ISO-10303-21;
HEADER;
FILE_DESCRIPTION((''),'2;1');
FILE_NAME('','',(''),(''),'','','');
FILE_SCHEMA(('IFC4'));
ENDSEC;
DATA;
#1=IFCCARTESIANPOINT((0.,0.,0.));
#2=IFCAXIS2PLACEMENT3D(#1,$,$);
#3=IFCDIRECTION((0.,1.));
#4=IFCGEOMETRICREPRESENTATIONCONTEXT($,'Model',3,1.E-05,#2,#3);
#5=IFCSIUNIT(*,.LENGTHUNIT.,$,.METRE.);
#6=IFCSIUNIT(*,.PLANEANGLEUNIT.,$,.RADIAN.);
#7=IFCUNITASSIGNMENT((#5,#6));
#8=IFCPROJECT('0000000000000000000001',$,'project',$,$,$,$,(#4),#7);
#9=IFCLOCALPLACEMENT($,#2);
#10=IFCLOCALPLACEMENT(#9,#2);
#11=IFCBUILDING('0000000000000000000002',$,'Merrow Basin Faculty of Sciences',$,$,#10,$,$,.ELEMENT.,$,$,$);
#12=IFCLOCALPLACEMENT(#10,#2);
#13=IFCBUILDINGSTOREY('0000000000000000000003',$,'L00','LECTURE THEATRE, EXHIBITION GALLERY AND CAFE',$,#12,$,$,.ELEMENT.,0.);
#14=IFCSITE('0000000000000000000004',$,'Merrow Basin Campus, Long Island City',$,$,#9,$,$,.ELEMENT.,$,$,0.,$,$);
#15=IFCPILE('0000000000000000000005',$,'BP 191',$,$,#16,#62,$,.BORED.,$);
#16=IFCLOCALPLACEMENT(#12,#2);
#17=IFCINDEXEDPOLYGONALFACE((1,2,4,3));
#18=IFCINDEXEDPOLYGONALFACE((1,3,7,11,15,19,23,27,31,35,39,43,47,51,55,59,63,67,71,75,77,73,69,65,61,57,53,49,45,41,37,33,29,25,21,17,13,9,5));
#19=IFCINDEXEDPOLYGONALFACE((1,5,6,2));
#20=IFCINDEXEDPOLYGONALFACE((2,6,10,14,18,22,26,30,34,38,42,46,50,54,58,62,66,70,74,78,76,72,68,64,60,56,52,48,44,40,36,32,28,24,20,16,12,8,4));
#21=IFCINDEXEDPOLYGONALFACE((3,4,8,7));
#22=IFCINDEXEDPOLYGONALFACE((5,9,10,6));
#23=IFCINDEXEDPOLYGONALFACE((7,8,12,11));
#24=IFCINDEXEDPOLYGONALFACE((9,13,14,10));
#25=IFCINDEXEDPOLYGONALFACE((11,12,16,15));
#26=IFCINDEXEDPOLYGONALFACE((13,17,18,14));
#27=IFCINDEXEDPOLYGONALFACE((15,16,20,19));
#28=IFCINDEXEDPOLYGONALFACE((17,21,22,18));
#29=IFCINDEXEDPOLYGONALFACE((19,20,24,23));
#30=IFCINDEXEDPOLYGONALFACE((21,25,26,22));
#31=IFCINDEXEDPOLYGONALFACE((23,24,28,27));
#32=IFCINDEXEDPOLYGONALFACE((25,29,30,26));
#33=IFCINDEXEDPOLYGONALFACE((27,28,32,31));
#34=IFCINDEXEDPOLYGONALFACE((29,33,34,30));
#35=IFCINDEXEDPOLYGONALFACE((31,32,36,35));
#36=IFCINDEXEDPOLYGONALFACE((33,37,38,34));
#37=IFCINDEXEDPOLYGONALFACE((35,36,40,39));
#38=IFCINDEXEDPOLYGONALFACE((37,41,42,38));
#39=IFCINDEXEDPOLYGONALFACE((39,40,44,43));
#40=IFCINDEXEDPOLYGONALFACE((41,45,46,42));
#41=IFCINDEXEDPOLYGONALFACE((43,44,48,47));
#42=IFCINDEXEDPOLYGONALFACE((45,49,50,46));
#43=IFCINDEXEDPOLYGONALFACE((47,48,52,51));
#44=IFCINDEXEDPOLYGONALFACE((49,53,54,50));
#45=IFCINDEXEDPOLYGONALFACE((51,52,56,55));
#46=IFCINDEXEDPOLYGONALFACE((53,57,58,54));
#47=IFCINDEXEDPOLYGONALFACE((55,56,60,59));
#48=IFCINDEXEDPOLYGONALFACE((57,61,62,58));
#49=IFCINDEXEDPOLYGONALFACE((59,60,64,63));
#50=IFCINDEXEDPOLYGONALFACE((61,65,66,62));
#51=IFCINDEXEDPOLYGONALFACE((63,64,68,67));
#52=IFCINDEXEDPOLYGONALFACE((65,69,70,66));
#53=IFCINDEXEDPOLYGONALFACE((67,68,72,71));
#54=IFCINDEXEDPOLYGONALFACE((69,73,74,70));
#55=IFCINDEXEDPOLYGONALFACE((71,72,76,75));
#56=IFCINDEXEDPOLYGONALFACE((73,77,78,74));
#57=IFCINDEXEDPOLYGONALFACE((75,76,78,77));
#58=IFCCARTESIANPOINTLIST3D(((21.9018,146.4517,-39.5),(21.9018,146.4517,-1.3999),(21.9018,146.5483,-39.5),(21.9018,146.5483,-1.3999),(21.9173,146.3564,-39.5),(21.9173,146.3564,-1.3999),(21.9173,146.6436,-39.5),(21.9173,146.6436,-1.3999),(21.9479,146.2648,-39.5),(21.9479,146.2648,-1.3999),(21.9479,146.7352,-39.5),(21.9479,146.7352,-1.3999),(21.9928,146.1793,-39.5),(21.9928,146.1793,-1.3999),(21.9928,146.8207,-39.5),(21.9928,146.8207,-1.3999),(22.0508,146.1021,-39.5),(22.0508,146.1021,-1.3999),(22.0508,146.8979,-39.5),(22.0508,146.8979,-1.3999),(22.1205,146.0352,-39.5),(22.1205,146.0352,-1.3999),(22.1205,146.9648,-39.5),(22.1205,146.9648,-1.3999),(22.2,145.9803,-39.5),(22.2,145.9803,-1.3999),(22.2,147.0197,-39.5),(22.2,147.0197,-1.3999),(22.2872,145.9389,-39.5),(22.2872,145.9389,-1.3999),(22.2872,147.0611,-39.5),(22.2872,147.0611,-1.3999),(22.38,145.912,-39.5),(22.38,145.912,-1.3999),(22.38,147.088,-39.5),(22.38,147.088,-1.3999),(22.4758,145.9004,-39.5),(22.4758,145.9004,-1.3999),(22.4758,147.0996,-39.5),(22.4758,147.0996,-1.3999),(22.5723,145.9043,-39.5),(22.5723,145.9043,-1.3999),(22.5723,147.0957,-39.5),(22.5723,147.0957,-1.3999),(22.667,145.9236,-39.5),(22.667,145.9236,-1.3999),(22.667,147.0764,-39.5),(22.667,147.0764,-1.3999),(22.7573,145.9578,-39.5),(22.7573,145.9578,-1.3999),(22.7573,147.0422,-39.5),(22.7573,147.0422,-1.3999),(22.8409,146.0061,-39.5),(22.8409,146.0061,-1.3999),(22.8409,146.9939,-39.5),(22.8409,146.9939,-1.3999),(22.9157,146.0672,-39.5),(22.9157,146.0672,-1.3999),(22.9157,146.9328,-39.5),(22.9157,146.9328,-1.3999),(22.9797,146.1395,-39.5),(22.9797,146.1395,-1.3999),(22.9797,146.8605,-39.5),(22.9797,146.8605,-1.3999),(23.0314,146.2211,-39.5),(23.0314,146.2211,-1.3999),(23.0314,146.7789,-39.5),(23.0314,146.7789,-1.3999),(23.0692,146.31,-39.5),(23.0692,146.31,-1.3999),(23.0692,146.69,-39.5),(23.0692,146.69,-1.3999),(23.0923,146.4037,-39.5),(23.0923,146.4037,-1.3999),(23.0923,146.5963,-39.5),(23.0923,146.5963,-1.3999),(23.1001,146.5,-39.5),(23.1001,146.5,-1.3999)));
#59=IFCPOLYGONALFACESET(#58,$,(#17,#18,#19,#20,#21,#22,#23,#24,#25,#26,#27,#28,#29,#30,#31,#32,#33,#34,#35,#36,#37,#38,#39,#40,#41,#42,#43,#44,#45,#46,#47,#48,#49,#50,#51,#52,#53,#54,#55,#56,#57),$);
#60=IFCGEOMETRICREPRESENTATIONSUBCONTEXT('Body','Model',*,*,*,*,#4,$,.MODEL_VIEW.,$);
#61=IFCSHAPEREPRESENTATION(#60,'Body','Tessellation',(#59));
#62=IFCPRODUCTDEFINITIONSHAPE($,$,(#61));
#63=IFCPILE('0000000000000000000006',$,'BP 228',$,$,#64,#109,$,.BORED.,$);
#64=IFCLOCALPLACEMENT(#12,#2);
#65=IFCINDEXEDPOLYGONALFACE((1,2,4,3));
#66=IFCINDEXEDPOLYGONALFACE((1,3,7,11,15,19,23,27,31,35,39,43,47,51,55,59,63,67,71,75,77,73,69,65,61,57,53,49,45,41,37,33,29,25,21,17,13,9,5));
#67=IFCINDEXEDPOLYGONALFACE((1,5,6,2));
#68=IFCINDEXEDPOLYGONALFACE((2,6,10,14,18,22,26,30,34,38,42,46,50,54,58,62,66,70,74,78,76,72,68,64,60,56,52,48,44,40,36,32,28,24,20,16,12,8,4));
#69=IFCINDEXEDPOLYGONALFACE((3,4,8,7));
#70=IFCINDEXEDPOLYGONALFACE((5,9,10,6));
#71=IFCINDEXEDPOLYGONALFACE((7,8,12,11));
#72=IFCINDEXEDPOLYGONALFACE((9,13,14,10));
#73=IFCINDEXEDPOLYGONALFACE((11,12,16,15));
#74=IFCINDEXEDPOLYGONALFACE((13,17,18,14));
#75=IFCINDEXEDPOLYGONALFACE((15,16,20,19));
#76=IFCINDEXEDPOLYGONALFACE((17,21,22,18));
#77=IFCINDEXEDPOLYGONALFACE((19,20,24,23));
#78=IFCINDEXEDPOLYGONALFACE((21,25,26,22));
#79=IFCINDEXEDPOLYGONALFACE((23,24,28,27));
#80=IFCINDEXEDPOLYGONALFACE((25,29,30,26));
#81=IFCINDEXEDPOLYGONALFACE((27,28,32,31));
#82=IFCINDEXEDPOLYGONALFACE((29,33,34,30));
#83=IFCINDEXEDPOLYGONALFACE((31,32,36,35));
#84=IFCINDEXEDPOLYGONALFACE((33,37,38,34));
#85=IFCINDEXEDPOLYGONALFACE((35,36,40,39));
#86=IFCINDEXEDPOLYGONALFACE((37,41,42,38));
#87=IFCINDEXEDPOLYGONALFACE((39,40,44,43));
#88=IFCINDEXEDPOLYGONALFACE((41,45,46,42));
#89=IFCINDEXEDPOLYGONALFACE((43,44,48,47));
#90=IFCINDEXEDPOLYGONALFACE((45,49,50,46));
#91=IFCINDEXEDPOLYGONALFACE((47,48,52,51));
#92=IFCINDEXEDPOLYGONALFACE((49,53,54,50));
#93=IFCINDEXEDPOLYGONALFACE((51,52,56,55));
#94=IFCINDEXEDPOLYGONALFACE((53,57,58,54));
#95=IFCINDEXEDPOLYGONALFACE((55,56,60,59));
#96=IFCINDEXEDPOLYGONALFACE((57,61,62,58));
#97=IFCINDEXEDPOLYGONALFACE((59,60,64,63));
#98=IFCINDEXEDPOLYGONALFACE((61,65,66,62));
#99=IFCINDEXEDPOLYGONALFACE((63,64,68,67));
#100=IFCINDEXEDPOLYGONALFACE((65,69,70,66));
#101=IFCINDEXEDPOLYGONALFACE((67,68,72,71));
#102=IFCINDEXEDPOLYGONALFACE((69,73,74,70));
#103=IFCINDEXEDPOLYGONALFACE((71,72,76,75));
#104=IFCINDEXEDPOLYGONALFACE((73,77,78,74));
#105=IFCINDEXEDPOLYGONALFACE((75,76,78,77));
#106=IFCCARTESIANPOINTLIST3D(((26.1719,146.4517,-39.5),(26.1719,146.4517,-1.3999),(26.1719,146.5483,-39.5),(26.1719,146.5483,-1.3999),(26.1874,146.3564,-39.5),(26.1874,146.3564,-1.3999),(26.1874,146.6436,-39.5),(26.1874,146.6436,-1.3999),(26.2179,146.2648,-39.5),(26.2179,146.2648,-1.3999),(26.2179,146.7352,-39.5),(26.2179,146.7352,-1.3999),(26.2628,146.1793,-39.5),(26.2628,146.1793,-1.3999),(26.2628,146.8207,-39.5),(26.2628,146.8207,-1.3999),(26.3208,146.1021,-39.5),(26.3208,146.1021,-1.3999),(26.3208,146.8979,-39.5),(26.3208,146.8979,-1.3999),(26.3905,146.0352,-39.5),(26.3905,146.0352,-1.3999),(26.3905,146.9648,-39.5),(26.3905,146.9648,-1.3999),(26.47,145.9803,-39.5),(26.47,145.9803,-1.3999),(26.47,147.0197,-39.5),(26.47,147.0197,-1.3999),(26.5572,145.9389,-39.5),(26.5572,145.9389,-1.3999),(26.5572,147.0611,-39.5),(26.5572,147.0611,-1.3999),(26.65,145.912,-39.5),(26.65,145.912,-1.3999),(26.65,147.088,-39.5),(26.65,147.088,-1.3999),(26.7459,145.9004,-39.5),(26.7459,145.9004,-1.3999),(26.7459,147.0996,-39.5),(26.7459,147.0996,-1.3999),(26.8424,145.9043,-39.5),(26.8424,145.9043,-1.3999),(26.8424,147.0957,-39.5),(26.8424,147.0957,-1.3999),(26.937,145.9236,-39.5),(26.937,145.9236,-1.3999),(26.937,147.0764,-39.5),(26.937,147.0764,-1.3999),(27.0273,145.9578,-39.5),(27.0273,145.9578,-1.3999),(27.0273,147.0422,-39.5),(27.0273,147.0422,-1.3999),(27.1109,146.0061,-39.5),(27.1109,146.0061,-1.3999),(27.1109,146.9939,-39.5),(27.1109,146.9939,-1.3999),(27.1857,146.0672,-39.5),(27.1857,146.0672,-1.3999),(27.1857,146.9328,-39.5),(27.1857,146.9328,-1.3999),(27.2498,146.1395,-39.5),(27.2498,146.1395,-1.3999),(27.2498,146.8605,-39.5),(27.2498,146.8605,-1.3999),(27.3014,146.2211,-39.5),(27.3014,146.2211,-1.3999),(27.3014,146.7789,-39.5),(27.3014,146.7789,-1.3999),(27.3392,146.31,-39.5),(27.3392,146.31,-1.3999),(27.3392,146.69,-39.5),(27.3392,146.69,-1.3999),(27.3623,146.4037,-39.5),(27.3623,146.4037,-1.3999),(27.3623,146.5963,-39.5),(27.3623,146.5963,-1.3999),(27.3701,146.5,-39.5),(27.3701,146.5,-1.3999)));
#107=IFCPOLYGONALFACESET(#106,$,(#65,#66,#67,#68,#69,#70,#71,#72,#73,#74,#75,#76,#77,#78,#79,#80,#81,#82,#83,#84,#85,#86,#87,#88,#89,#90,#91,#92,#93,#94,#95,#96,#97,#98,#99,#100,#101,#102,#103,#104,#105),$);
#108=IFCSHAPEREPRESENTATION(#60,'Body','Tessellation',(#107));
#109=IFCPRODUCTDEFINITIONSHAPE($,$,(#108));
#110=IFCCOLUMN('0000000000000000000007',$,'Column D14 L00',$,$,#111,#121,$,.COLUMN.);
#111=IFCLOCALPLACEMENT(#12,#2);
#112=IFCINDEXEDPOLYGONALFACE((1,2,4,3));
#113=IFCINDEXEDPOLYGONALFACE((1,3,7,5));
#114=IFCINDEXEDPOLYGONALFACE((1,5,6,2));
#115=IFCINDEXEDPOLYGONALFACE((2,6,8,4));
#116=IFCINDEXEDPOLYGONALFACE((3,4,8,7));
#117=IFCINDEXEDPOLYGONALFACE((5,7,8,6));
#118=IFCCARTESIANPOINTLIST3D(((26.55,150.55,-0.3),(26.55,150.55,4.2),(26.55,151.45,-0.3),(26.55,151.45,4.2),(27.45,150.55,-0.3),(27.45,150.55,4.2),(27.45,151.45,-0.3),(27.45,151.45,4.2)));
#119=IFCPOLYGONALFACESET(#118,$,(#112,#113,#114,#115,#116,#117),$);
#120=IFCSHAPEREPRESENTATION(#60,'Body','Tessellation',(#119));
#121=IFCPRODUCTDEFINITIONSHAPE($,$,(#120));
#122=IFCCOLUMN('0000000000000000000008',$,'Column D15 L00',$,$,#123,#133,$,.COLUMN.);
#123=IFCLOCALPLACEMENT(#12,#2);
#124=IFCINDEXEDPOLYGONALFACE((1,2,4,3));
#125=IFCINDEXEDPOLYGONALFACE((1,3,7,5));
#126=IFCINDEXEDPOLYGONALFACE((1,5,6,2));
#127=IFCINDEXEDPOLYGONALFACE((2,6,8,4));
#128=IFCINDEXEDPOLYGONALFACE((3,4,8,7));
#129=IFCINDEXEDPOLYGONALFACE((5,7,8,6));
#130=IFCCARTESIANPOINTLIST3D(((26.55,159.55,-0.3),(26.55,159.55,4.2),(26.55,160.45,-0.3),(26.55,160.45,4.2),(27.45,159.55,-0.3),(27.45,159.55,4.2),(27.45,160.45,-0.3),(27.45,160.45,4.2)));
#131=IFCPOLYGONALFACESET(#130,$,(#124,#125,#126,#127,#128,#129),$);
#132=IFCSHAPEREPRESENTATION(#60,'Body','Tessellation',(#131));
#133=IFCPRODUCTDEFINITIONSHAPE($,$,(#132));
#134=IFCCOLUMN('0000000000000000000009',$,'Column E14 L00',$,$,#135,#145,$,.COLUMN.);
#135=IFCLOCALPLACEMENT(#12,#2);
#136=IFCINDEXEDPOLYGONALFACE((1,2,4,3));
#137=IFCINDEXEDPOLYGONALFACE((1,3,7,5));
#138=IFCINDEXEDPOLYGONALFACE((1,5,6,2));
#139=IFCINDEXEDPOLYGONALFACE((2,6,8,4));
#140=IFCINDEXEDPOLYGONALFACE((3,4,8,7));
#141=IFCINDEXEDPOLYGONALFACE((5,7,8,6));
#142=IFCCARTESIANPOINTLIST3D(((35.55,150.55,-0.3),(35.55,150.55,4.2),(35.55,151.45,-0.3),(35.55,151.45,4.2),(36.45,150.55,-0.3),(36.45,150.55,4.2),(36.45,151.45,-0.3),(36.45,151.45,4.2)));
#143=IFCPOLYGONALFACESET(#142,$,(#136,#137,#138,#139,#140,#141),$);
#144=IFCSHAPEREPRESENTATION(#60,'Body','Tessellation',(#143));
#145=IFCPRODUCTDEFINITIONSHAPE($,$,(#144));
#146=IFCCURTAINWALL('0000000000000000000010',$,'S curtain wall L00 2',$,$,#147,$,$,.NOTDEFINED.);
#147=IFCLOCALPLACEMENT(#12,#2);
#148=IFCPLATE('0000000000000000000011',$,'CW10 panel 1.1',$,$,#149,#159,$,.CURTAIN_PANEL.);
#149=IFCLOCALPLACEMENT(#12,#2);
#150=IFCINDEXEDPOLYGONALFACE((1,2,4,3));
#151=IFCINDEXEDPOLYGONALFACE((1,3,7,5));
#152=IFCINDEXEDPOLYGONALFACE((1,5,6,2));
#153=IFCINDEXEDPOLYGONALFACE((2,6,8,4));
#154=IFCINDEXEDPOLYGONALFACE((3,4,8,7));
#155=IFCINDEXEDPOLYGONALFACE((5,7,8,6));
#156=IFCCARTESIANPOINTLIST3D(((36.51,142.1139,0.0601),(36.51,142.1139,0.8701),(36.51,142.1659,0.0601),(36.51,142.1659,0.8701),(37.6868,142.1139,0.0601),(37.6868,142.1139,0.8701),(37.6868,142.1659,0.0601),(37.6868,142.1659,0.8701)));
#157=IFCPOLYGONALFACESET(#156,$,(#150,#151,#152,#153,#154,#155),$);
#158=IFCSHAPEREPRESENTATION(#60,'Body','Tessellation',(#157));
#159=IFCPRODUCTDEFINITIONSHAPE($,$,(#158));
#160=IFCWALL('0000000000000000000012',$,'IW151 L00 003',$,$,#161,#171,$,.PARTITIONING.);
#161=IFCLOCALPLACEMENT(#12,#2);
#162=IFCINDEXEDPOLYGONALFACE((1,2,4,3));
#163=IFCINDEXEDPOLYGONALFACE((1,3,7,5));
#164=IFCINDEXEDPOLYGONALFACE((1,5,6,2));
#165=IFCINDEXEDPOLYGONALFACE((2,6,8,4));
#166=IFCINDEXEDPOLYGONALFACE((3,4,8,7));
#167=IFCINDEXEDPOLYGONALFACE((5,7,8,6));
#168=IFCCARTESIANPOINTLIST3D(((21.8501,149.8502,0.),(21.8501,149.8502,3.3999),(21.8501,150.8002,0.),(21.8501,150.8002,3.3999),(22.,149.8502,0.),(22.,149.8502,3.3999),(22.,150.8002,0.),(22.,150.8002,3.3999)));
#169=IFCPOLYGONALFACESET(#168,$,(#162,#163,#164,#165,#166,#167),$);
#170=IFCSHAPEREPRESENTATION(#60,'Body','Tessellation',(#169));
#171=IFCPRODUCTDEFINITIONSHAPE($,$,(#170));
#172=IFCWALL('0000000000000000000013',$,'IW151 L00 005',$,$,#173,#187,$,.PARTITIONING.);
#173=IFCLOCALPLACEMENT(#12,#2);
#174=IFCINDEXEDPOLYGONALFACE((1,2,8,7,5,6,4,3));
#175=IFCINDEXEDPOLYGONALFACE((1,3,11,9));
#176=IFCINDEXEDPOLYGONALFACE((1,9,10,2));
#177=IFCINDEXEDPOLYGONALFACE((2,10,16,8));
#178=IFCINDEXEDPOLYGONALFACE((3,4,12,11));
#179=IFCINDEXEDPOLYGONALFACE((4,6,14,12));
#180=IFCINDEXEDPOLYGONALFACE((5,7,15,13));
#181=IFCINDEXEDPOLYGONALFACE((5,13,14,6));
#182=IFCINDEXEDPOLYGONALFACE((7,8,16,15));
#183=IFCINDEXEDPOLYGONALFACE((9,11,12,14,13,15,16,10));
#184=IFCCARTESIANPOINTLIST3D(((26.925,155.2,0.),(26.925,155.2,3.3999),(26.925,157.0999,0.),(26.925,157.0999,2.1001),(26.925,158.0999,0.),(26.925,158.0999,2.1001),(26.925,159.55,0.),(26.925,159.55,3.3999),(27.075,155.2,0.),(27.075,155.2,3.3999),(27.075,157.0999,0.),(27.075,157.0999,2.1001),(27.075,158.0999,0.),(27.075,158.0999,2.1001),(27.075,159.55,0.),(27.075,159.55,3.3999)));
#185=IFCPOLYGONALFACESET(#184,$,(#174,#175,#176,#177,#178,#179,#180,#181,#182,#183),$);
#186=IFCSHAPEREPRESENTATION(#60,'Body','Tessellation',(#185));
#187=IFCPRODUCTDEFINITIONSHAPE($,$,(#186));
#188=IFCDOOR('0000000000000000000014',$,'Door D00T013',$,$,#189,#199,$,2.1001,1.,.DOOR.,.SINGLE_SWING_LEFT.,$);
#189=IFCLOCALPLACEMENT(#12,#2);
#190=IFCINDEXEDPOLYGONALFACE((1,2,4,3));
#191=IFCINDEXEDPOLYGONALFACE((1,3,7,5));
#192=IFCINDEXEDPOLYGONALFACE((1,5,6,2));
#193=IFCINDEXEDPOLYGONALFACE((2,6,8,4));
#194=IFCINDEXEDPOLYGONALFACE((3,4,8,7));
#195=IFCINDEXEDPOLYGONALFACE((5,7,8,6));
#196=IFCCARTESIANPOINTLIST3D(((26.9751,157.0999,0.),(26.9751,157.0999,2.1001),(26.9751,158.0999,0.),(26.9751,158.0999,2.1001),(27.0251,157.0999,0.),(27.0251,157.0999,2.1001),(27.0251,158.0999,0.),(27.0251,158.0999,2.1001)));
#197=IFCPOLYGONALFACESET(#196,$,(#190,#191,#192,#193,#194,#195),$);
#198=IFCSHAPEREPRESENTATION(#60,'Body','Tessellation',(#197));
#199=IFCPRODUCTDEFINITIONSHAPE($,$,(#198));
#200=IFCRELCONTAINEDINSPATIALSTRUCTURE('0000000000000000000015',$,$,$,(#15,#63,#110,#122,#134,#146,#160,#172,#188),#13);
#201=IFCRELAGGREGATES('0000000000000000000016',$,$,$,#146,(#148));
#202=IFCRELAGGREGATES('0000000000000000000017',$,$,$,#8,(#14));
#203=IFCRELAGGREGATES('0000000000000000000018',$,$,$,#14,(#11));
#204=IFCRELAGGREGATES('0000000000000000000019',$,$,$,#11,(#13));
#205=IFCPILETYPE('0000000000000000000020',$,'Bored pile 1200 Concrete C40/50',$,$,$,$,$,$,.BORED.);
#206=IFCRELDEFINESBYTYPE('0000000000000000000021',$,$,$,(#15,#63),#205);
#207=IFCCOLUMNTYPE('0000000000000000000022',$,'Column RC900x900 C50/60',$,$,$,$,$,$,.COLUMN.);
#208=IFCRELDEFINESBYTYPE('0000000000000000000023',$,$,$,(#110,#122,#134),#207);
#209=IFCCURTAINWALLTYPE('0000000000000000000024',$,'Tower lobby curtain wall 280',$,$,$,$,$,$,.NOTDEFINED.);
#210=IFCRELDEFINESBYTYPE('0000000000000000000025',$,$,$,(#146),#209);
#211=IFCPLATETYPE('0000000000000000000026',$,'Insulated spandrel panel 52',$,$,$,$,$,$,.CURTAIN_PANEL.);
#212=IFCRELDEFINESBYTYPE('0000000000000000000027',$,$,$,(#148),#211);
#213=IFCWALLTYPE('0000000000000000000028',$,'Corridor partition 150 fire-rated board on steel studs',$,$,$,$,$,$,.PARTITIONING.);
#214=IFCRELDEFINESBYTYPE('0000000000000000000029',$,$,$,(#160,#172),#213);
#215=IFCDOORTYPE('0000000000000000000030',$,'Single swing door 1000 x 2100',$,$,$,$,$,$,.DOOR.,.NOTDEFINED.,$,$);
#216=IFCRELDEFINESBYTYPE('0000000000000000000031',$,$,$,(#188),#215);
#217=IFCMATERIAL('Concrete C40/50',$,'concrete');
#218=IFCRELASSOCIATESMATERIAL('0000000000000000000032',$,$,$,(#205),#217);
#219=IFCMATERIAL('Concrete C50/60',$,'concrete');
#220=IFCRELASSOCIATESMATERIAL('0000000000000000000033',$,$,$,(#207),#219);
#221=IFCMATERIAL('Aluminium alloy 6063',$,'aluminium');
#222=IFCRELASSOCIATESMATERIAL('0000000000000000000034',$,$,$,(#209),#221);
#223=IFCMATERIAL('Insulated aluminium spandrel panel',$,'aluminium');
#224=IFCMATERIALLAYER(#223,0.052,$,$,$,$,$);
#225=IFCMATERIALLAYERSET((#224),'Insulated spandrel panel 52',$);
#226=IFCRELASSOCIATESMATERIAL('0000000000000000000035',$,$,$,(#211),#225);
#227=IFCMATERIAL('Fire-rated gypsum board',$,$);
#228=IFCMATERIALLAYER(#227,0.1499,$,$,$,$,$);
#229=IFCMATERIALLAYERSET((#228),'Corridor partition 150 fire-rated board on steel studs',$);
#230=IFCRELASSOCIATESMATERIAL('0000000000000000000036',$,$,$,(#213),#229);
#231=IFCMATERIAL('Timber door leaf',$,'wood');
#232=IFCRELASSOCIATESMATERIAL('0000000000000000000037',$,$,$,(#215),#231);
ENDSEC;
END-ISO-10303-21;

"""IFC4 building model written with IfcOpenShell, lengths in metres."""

from ifc_helpers import new_model, si_unit, direction, frame, frame_2d, origin, origin_2d, place, context, subcontext, project, spatial, rectangle, circle, extrude, material, layer, layer_set, material_profile, profile_set, type_object, element, fill, aggregate, save


model = new_model("IFC4")

# Units and contexts
model_context = context("Model", 3, precision=1e-05, world=origin(), true_north=direction((0.0, 1.0)))
body_context = subcontext(model_context, "Body", "Model", "MODEL_VIEW")
ifc_project = project(units=[si_unit("LENGTHUNIT", "METRE"), si_unit("PLANEANGLEUNIT", "RADIAN")], contexts=[model_context])

# Site, building, storey
site_placement = place(None, origin())
site = spatial("IfcSite", under=ifc_project, at=site_placement, Name="Merrow Basin Campus, Long Island City", CompositionType="ELEMENT", RefElevation=0.0)
building_placement = place(site_placement, origin())
building = spatial("IfcBuilding", under=site, at=building_placement, Name="Merrow Basin Faculty of Sciences", CompositionType="ELEMENT")
storey_placement = place(building_placement, origin())
storey = spatial("IfcBuildingStorey", under=building, at=storey_placement, Name="L00", Description="LECTURE THEATRE, EXHIBITION GALLERY AND CAFE", CompositionType="ELEMENT", Elevation=0.0)

# Piles
ifc_material_1 = material(Name="Concrete C40/50", Category="concrete")
ifc_material_profile_1 = material_profile(ifc_material_1, circle(Radius=0.6001, at=origin_2d()))
ifc_profile_set_1 = profile_set([ifc_material_profile_1], Name="Concrete C40/50")
pile_type_1 = type_object("IfcPileType", Name="Bored pile 1200 Concrete C40/50", PredefinedType="BORED", material=ifc_profile_set_1)
for number, where, z_axis, x_axis, name in (
    (1, (22.5, 146.5, -1.3999), (0.0, 0.0, -1.0), (1.0, 0.0, 0.0), "BP 191"),
    (2, (26.77, 146.5, -1.3999), (0.0, 0.0, -1.0), (1.0, 0.0, 0.0), "BP 228"),
):
    element("IfcPile", number, at=place(storey_placement, frame(where, z_axis=z_axis, x_axis=x_axis)), inside=storey, type_object=pile_type_1, Name=name, PredefinedType="BORED", context=body_context, shape_type="SweptSolid", body=[
        extrude(circle(Radius=0.6001, at=origin_2d()), origin(), (0.0, 0.0, 1.0), 38.1001),
    ])

# Columns
ifc_material_2 = material(Name="Concrete C50/60", Category="concrete")
ifc_material_profile_2 = material_profile(ifc_material_2, rectangle(XDim=0.8999, YDim=0.8999, at=origin_2d()))
ifc_profile_set_2 = profile_set([ifc_material_profile_2], Name="Concrete C50/60")
column_type = type_object("IfcColumnType", Name="Column RC900x900 C50/60", PredefinedType="COLUMN", material=ifc_profile_set_2)
for number, where, z_axis, x_axis, name in (
    (3, (27.0, 151.0, -0.3), (0.0, 0.0, 1.0), (1.0, 0.0, 0.0), "Column D14 L00"),
    (4, (27.0, 160.0, -0.3), (0.0, 0.0, 1.0), (1.0, 0.0, 0.0), "Column D15 L00"),
    (5, (36.0, 151.0, -0.3), (0.0, 0.0, 1.0), (1.0, 0.0, 0.0), "Column E14 L00"),
):
    element("IfcColumn", number, at=place(storey_placement, frame(where, z_axis=z_axis, x_axis=x_axis)), inside=storey, type_object=column_type, Name=name, PredefinedType="COLUMN", context=body_context, shape_type="SweptSolid", body=[
        extrude(rectangle(XDim=0.8999, YDim=0.8999, at=origin_2d()), origin(), (0.0, 0.0, 1.0), 4.5),
    ])

# Curtain wall, plate
ifc_material_3 = material(Name="Aluminium alloy 6063", Category="aluminium")
curtain_wall_type = type_object("IfcCurtainWallType", Name="Tower lobby curtain wall 280", PredefinedType="NOTDEFINED", material=ifc_material_3)
curtain_wall_placement = place(storey_placement, origin())
curtain_wall = element("IfcCurtainWall", 6, at=curtain_wall_placement, inside=storey, type_object=curtain_wall_type, Name="S curtain wall L00 2", PredefinedType="NOTDEFINED")
ifc_material_4 = material(Name="Insulated aluminium spandrel panel", Category="aluminium")
ifc_layer_1 = layer(ifc_material_4, 0.052)
ifc_layer_set_1 = layer_set([ifc_layer_1], Name="Insulated spandrel panel 52")
plate_type = type_object("IfcPlateType", Name="Insulated spandrel panel 52", PredefinedType="CURTAIN_PANEL", material=ifc_layer_set_1)
plate_placement = place(storey_placement, frame((37.0984, 142.1399, 0.0601), z_axis=(0.0, 0.0, 1.0), x_axis=(1.0, 0.0, 0.0)))
plate = element("IfcPlate", 7, at=plate_placement, type_object=plate_type, Name="CW10 panel 1.1", PredefinedType="CURTAIN_PANEL", context=body_context, shape_type="SweptSolid", body=[
    extrude(rectangle(XDim=1.1768, YDim=0.052, at=origin_2d()), origin(), (0.0, 0.0, 1.0), 0.8101),
])
aggregate(curtain_wall, [plate])

# Wall
ifc_material_5 = material(Name="Fire-rated gypsum board")
ifc_layer_2 = layer(ifc_material_5, 0.1499)
ifc_layer_set_2 = layer_set([ifc_layer_2], Name="Corridor partition 150 fire-rated board on steel studs")
wall_type_1 = type_object("IfcWallType", Name="Corridor partition 150 fire-rated board on steel studs", PredefinedType="PARTITIONING", material=ifc_layer_set_2)
wall_1_placement = place(storey_placement, frame((21.925, 149.8501, 0.0), z_axis=(0.0, 0.0, 1.0), x_axis=(0.0, 1.0, 0.0)))
element("IfcWall", 8, at=wall_1_placement, inside=storey, type_object=wall_type_1, Name="IW151 L00 003", PredefinedType="PARTITIONING", context=body_context, shape_type="SweptSolid", body=[
    extrude(rectangle(XDim=0.95, YDim=0.1499, at=frame_2d((0.4751, 0.0))), origin(), (0.0, 0.0, 1.0), 3.3999),
])

# Wall, opening, door
wall_2_placement = place(storey_placement, frame((27.0, 155.2, 0.0), z_axis=(0.0, 0.0, 1.0), x_axis=(0.0, 1.0, 0.0)))
wall_2 = element("IfcWall", 9, at=wall_2_placement, inside=storey, type_object=wall_type_1, Name="IW151 L00 005", PredefinedType="PARTITIONING", context=body_context, shape_type="SweptSolid", body=[
    extrude(rectangle(XDim=4.3501, YDim=0.1499, at=frame_2d((2.175, 0.0))), origin(), (0.0, 0.0, 1.0), 3.3999),
])
opening_1_placement = place(wall_2_placement, frame((1.8999, 0.0, 0.0)))
opening_1 = element("IfcOpeningElement", 10, at=opening_1_placement, cuts=wall_2, PredefinedType="OPENING", context=body_context, shape_type="SweptSolid", body=[
    extrude(rectangle(XDim=1.0, YDim=2.1001, at=frame_2d((0.5, 1.05))), frame((0.0, 0.085, 0.0), z_axis=(0.0, -1.0, 0.0), x_axis=(1.0, 0.0, 0.0)), (0.0, 0.0, 1.0), 0.1699),
])
ifc_material_6 = material(Name="Timber door leaf", Category="wood")
door_type_1 = type_object("IfcDoorType", Name="Single swing door 1000 x 2100", OperationType="NOTDEFINED", PredefinedType="DOOR", material=ifc_material_6)
door_1_placement = place(opening_1_placement, origin())
door_1 = element("IfcDoor", 11, at=door_1_placement, inside=storey, type_object=door_type_1, Name="Door D00T013", OperationType="SINGLE_SWING_LEFT", OverallHeight=2.1001, OverallWidth=1.0, PredefinedType="DOOR", context=body_context, shape_type="SweptSolid", body=[
    extrude(rectangle(XDim=1.0, YDim=2.1001, at=frame_2d((0.5, 1.05))), frame((0.0, 0.0249, 0.0), z_axis=(0.0, -1.0, 0.0), x_axis=(1.0, 0.0, 0.0)), (0.0, 0.0, 1.0), 0.05),
])
fill(opening_1, door_1)

save(model, "model.ifc")
